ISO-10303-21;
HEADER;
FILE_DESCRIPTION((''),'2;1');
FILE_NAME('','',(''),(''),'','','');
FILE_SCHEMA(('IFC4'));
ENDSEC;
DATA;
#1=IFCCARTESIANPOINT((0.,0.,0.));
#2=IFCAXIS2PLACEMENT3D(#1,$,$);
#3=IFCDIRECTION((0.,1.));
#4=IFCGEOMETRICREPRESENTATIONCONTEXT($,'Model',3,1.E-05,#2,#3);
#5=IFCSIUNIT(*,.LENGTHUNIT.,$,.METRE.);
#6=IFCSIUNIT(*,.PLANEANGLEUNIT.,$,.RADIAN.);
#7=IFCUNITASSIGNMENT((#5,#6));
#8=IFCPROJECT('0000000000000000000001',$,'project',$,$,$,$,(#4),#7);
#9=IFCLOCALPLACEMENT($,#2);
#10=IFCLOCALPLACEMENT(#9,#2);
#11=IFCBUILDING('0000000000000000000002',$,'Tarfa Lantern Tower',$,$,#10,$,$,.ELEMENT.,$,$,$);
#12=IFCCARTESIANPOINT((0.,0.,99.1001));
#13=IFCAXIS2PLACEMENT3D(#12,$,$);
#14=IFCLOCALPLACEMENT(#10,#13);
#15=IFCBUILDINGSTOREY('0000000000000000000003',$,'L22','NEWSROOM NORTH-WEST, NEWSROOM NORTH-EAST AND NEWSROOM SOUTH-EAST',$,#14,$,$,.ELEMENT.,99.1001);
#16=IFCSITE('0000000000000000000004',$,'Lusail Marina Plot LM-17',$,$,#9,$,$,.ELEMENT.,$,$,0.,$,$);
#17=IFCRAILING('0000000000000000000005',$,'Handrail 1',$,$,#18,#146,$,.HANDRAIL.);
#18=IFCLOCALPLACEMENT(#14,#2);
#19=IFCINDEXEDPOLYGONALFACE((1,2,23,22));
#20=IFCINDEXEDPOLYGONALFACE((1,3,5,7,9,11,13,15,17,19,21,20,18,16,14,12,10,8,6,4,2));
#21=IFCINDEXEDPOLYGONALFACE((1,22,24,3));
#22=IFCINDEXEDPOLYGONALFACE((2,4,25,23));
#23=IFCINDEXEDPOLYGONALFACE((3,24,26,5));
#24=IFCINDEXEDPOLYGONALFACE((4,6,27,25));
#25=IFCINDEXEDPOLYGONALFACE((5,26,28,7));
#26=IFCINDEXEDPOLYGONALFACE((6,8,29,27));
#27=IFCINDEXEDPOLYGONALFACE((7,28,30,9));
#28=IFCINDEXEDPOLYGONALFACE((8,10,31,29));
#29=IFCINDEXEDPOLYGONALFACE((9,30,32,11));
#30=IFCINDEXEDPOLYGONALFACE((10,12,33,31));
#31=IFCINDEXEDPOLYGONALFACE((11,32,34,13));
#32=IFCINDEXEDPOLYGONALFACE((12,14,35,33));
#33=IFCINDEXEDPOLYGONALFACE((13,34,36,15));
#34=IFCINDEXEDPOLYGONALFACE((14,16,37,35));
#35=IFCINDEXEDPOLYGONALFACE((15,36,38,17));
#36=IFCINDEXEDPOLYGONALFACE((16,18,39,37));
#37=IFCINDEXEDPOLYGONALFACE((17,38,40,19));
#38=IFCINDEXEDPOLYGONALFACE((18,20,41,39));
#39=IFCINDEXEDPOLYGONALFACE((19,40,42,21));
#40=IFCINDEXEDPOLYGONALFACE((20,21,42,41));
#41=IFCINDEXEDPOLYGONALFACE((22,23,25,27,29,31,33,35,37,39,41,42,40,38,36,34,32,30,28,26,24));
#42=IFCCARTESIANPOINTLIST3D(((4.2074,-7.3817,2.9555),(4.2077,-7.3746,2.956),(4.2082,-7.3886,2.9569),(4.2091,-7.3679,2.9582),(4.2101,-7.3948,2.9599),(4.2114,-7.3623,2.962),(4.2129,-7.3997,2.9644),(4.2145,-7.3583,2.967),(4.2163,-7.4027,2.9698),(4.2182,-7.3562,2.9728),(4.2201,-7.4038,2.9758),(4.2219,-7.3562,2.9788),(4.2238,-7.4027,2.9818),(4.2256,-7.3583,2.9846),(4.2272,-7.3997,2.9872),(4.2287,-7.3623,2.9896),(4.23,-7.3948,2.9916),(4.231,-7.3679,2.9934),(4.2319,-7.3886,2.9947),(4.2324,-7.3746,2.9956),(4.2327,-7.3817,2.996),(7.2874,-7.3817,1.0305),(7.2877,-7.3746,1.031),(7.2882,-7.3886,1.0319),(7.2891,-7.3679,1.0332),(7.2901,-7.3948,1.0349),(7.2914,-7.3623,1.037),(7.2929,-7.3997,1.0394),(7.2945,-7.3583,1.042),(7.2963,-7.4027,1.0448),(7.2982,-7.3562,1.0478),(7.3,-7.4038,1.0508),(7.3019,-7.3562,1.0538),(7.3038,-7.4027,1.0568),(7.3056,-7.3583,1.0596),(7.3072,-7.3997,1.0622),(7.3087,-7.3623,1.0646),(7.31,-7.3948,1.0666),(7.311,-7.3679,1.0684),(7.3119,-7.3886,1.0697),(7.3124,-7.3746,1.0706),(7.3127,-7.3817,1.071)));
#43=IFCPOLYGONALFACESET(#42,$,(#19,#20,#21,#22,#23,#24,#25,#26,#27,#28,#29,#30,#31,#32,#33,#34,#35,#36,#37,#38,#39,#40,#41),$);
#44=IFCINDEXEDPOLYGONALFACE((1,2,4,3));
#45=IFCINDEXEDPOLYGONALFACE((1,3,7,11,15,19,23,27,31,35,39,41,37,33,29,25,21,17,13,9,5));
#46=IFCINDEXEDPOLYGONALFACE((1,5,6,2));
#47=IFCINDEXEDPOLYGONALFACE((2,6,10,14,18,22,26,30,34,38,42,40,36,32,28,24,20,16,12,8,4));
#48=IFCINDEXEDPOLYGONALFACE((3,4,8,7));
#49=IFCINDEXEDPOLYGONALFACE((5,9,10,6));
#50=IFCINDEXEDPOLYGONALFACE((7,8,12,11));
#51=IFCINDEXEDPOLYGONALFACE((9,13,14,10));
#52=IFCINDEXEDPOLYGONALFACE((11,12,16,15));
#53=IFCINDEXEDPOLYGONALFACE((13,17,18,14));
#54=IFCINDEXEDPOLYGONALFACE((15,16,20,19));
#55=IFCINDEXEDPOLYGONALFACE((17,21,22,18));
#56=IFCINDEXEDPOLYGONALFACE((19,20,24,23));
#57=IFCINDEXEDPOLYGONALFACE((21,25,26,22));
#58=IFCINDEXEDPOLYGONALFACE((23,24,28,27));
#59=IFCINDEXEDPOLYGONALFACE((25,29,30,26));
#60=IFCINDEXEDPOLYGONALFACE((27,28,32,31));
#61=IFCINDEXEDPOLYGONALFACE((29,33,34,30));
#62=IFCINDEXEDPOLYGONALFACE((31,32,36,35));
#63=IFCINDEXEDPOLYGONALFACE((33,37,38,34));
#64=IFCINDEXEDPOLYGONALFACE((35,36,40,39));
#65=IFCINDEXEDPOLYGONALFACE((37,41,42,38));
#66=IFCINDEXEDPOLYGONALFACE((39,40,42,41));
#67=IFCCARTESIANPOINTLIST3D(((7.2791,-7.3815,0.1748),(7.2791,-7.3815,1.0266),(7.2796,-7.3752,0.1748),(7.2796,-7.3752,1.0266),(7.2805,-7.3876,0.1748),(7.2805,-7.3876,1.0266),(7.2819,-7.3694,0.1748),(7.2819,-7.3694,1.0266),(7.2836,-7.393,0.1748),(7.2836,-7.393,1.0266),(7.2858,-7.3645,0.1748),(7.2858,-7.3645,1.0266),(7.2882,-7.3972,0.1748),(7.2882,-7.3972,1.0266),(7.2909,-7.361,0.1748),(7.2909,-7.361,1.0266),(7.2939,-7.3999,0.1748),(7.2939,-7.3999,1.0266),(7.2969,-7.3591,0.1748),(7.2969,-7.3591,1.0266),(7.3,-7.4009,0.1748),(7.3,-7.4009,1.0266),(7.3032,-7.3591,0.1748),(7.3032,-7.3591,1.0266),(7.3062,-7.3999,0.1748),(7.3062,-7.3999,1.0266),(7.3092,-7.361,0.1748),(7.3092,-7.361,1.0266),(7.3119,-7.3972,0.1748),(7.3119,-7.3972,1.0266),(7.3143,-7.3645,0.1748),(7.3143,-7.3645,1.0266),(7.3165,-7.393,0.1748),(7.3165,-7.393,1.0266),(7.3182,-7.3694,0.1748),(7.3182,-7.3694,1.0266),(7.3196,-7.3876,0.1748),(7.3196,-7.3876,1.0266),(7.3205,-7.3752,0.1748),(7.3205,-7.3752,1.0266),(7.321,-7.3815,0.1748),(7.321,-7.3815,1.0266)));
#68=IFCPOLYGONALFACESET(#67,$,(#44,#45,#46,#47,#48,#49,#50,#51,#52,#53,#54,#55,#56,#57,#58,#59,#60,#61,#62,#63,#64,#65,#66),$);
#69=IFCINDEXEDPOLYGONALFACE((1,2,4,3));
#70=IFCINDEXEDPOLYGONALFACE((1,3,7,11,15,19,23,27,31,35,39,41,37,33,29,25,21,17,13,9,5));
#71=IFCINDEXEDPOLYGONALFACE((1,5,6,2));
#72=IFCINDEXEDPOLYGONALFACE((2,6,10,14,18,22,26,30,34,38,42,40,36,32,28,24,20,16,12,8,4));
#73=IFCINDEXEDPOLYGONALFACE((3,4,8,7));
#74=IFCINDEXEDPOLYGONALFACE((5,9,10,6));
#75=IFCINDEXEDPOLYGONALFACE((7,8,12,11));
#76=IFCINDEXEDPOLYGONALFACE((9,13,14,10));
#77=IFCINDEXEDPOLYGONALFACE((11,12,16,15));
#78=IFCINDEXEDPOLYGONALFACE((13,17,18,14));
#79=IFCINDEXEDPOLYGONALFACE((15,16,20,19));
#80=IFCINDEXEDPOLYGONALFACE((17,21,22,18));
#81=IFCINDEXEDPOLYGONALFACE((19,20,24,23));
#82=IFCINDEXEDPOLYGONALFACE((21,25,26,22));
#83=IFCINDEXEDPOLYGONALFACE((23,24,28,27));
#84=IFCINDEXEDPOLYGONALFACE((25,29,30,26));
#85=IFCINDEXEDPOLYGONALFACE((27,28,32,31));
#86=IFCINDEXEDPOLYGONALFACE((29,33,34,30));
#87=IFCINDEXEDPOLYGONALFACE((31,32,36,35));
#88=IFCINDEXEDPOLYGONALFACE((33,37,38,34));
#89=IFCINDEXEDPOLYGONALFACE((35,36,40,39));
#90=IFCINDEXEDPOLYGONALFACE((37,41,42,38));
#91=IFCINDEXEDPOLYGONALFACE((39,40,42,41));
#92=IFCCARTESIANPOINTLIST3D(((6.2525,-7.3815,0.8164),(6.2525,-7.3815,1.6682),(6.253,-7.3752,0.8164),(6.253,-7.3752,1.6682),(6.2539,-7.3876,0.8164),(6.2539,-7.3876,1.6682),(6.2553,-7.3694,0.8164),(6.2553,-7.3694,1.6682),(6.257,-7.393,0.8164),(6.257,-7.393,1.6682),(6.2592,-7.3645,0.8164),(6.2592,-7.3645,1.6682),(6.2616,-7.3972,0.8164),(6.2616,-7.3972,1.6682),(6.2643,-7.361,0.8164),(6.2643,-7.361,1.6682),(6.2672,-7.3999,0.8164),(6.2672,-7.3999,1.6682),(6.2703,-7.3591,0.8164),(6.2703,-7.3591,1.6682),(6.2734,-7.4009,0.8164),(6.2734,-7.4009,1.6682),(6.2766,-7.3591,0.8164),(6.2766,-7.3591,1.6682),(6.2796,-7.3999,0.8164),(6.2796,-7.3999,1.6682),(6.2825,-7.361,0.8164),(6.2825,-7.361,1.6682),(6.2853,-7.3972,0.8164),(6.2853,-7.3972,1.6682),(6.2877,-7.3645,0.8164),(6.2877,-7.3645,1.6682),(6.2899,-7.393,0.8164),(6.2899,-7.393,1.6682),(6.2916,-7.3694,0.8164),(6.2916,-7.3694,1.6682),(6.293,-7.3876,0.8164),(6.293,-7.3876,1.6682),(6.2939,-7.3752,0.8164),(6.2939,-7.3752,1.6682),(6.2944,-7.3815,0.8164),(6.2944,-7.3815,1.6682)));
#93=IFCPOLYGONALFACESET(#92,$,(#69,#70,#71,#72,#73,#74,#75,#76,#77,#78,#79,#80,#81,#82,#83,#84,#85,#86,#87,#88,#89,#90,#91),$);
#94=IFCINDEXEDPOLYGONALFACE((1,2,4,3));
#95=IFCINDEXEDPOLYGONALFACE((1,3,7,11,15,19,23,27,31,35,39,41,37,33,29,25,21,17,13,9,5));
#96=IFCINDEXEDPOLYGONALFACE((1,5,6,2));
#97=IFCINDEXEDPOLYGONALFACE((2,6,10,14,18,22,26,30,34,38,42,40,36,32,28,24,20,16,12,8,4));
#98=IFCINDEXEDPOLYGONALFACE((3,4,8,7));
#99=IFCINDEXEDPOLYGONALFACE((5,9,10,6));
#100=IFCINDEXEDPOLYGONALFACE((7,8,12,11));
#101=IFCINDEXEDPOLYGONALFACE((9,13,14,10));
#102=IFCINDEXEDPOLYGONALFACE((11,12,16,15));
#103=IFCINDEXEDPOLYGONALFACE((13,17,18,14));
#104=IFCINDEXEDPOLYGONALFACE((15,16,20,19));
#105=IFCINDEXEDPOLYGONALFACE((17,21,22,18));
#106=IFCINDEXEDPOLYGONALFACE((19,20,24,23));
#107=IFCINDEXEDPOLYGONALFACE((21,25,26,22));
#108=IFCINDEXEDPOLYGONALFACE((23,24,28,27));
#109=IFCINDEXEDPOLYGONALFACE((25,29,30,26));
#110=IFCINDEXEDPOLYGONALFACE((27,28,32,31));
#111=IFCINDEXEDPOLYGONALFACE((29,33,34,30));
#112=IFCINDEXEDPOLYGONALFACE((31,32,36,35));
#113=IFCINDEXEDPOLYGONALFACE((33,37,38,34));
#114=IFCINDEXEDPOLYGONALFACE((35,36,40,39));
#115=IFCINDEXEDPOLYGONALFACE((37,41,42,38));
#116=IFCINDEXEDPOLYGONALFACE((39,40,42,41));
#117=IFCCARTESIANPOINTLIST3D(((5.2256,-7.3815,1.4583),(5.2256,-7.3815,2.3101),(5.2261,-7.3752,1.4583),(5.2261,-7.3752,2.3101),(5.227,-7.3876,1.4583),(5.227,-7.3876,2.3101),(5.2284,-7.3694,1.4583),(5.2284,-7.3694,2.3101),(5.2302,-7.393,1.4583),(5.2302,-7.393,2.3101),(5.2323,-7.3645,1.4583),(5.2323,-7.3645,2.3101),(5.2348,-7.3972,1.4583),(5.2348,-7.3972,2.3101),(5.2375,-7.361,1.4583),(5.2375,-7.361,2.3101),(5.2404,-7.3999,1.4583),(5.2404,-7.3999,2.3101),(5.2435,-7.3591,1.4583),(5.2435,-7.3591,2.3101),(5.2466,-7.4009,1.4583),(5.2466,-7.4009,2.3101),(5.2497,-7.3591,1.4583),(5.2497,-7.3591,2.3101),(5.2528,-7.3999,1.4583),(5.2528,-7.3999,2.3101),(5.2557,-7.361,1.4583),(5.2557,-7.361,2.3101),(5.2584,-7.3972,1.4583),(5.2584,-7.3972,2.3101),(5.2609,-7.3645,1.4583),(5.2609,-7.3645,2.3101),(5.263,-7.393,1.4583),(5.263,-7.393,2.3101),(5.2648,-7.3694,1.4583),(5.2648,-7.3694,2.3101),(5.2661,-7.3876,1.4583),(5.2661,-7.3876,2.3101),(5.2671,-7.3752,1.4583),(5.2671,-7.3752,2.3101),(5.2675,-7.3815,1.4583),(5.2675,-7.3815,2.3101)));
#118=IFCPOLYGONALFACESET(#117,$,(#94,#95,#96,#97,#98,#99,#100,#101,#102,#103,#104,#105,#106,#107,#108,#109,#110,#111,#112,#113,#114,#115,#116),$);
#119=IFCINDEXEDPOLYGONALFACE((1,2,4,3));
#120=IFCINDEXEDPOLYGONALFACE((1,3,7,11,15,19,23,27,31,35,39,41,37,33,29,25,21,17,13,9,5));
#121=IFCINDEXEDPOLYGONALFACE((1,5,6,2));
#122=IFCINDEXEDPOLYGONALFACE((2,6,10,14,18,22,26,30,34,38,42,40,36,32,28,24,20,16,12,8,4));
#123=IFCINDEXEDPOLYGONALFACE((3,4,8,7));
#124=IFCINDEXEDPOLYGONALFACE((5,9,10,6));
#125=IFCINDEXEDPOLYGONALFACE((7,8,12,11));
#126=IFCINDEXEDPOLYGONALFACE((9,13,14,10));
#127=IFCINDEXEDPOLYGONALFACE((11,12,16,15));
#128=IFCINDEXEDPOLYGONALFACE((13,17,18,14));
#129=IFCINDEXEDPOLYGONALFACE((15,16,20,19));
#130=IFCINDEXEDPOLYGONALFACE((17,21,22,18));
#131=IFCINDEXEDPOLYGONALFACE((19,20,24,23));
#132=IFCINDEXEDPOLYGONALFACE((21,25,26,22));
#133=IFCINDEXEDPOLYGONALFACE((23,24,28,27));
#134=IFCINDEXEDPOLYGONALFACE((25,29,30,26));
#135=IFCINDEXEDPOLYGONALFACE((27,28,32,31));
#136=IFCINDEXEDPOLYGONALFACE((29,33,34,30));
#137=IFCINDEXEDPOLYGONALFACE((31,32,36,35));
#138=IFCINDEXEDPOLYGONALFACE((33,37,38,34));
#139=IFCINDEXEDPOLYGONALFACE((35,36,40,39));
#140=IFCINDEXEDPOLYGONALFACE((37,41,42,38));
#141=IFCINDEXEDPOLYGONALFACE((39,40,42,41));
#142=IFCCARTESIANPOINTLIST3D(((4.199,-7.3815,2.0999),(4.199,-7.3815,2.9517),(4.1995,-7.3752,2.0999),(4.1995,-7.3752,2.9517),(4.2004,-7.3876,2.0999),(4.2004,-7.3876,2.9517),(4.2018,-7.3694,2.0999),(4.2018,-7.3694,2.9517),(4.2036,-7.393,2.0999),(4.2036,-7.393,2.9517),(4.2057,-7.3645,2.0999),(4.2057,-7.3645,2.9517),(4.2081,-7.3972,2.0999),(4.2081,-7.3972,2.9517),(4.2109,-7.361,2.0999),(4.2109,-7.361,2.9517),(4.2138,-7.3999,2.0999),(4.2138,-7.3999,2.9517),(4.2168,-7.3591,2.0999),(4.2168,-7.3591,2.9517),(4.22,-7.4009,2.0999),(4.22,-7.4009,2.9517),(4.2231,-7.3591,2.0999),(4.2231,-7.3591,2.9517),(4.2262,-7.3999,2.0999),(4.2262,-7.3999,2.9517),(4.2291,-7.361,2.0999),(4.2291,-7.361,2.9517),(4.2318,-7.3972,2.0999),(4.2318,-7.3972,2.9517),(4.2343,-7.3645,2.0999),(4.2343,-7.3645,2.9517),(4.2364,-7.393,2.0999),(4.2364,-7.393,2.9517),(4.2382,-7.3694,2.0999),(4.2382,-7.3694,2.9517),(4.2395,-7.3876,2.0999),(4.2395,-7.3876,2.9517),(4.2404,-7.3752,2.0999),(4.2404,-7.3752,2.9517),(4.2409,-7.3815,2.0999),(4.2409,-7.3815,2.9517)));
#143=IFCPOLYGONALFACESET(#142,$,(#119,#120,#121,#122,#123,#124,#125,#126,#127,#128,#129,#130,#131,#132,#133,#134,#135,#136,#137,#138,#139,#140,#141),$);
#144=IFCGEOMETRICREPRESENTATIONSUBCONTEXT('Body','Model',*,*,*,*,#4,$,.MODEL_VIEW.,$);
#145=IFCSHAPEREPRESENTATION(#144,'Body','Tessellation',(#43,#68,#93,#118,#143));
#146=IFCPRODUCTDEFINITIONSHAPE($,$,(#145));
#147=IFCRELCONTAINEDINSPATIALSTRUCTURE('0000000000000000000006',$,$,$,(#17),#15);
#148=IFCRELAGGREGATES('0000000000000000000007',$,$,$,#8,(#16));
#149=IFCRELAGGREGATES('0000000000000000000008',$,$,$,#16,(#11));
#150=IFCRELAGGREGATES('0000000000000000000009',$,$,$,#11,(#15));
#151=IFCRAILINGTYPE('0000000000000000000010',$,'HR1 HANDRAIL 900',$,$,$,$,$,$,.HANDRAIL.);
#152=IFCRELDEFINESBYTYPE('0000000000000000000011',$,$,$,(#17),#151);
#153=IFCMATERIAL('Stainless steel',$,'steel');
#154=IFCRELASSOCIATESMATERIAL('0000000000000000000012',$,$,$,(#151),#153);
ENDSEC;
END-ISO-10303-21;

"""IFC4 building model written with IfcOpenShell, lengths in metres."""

from ifc_helpers import new_model, si_unit, direction, frame, origin, origin_2d, place, context, subcontext, project, spatial, circle, extrude, material, type_object, element, save


model = new_model("IFC4")

# Units and contexts
model_context = context("Model", 3, precision=1e-05, world=origin(), true_north=direction((0.0, 1.0)))
body_context = subcontext(model_context, "Body", "Model", "MODEL_VIEW")
ifc_project = project(units=[si_unit("LENGTHUNIT", "METRE"), si_unit("PLANEANGLEUNIT", "RADIAN")], contexts=[model_context])

# Site, building, storey
site_placement = place(None, origin())
site = spatial("IfcSite", under=ifc_project, at=site_placement, Name="Lusail Marina Plot LM-17", CompositionType="ELEMENT", RefElevation=0.0)
building_placement = place(site_placement, origin())
building = spatial("IfcBuilding", under=site, at=building_placement, Name="Tarfa Lantern Tower", CompositionType="ELEMENT")
storey_placement = place(building_placement, frame((0.0, 0.0, 99.1001)))
storey = spatial("IfcBuildingStorey", under=building, at=storey_placement, Name="L22", Description="NEWSROOM NORTH-WEST, NEWSROOM NORTH-EAST AND NEWSROOM SOUTH-EAST", CompositionType="ELEMENT", Elevation=99.1001)

# Railing
ifc_material_1 = material(Name="Stainless steel", Category="steel")
railing_type = type_object("IfcRailingType", Name="HR1 HANDRAIL 900", PredefinedType="HANDRAIL", material=ifc_material_1)
railing_1_placement = place(storey_placement, frame((7.3, -7.3799, 0.1748)))
element("IfcRailing", 1, at=railing_1_placement, inside=storey, type_object=railing_type, Name="Handrail 1", PredefinedType="HANDRAIL", context=body_context, shape_type="SweptSolid", body=[
    extrude(circle(Radius=0.0239, at=origin_2d()), frame((0.0, 0.0, 0.876), z_axis=(-0.847998, 0.0, 0.529999), x_axis=(0.0, -1.0, 0.0)), (0.0, 0.0, 1.0), 3.6321),
    extrude(circle(Radius=0.021, at=origin_2d()), frame((0.0, 0.0, 0.0), z_axis=(0.0, 0.0, 1.0), x_axis=(0.0, -1.0, 0.0)), (0.0, 0.0, 1.0), 0.8518),
    extrude(circle(Radius=0.021, at=origin_2d()), frame((-1.0266, 0.0, 0.6416), z_axis=(0.0, 0.0, 1.0), x_axis=(0.0, -1.0, 0.0)), (0.0, 0.0, 1.0), 0.8518),
    extrude(circle(Radius=0.021, at=origin_2d()), frame((-2.0535, 0.0, 1.2834), z_axis=(0.0, 0.0, 1.0), x_axis=(0.0, -1.0, 0.0)), (0.0, 0.0, 1.0), 0.8518),
    extrude(circle(Radius=0.021, at=origin_2d()), frame((-3.0801, 0.0, 1.925), z_axis=(0.0, 0.0, 1.0), x_axis=(0.0, -1.0, 0.0)), (0.0, 0.0, 1.0), 0.8518),
])

save(model, "model.ifc")
